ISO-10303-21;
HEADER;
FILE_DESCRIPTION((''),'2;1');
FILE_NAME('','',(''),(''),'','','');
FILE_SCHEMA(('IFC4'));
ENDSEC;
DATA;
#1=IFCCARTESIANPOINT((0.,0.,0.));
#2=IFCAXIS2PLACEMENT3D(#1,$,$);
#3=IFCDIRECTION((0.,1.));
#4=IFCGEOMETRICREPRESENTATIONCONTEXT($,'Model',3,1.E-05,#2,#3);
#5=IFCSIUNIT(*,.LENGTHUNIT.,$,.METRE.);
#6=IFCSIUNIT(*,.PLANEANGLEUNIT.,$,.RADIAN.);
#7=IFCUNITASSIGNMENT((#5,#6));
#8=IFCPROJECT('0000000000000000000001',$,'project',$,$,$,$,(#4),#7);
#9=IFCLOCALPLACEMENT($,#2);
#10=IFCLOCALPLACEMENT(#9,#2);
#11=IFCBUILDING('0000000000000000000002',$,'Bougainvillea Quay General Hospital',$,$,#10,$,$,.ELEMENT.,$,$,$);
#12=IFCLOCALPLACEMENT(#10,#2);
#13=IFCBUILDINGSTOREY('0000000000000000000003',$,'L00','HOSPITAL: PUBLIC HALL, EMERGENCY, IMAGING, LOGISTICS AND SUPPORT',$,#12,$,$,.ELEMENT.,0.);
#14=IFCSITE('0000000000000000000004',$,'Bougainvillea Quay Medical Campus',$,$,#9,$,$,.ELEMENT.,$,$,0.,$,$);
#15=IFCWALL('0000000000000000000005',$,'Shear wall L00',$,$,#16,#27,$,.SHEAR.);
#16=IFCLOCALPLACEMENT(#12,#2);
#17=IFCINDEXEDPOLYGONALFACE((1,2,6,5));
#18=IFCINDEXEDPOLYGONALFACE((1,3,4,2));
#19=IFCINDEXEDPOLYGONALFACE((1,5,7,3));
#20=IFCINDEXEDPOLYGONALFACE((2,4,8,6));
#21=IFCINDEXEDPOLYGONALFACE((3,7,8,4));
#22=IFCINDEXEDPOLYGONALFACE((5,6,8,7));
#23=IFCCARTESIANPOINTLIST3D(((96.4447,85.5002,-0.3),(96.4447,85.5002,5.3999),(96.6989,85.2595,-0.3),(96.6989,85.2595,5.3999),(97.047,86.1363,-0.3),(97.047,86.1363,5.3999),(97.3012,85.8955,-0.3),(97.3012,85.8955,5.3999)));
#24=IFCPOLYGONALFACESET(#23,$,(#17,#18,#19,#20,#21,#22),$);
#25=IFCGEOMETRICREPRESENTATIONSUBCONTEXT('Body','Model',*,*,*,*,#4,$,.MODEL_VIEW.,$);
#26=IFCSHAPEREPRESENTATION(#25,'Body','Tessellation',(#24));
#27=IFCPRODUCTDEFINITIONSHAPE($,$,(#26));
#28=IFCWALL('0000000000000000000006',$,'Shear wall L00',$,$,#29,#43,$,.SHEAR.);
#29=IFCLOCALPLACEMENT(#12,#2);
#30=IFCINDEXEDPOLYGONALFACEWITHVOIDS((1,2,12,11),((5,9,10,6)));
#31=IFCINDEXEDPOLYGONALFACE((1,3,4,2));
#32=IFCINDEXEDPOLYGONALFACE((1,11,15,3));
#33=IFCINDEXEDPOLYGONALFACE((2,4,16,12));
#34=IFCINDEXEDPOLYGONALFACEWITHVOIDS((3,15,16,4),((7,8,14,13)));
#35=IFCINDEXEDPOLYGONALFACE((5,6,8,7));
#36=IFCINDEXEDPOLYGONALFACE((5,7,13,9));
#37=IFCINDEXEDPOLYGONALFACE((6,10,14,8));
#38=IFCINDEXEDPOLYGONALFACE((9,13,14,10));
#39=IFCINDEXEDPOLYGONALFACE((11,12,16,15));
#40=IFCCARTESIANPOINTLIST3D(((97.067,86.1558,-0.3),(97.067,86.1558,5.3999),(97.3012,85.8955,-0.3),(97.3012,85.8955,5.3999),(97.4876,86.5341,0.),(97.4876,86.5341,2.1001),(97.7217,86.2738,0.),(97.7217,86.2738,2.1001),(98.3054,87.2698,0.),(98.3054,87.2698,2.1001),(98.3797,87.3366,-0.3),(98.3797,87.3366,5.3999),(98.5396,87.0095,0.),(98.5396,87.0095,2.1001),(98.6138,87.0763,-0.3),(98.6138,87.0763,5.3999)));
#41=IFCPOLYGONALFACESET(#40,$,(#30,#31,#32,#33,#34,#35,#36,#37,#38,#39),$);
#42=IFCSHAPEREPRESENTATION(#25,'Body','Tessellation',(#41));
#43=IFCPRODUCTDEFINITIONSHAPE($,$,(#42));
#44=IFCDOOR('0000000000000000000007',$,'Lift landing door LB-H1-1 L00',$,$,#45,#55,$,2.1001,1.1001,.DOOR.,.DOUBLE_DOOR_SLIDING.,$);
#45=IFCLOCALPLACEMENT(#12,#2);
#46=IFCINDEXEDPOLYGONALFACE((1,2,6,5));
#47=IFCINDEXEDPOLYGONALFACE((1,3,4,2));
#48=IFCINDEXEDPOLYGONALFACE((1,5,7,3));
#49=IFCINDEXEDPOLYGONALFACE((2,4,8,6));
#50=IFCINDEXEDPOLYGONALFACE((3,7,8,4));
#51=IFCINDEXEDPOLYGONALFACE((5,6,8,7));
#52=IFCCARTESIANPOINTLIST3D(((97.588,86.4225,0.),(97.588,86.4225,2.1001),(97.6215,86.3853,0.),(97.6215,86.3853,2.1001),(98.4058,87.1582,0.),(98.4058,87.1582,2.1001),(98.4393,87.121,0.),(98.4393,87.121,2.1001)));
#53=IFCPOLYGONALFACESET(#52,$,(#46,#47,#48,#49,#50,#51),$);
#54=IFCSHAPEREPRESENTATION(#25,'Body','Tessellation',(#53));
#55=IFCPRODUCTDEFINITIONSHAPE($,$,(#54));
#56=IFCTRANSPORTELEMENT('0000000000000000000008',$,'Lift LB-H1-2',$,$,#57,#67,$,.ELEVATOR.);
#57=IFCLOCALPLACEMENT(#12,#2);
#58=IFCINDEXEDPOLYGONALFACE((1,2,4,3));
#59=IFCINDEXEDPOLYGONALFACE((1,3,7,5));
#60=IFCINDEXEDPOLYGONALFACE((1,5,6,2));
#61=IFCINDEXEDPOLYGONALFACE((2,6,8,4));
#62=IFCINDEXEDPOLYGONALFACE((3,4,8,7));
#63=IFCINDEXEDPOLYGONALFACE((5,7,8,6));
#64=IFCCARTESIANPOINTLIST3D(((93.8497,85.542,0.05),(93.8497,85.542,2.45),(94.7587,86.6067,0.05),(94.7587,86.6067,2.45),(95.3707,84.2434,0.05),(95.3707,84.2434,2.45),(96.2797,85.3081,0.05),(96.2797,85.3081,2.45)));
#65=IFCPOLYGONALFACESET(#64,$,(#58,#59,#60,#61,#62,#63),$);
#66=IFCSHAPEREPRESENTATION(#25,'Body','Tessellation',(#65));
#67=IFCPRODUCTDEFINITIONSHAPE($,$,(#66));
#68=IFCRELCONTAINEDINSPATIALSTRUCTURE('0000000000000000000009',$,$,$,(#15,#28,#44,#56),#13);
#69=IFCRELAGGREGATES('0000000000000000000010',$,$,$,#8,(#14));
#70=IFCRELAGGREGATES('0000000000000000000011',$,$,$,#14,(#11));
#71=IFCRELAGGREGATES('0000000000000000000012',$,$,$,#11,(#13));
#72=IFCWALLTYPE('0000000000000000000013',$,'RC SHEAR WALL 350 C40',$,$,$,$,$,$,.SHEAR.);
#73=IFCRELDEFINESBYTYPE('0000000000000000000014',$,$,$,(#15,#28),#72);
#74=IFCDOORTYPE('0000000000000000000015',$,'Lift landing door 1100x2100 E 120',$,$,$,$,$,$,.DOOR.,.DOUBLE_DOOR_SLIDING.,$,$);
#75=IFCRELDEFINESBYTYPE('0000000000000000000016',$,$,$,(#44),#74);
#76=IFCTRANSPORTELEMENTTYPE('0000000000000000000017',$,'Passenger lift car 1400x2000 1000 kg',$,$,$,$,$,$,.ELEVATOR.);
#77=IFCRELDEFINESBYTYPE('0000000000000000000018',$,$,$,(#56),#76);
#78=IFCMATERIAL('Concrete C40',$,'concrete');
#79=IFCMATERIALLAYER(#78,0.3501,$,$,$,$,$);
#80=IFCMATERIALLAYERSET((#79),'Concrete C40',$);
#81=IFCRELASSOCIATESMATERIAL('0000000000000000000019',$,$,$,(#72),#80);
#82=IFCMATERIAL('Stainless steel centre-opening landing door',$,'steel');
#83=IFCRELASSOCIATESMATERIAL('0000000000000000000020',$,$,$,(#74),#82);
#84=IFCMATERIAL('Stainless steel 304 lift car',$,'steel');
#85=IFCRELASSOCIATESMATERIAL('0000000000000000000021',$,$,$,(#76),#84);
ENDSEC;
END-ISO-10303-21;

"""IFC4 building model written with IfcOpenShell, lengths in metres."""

from ifc_helpers import new_model, si_unit, direction, frame, frame_2d, origin, origin_2d, place, context, subcontext, project, spatial, rectangle, extrude, material, layer, layer_set, type_object, element, fill, save


model = new_model("IFC4")

# Units and contexts
model_context = context("Model", 3, precision=1e-05, world=origin(), true_north=direction((0.0, 1.0)))
body_context = subcontext(model_context, "Body", "Model", "MODEL_VIEW")
ifc_project = project(units=[si_unit("LENGTHUNIT", "METRE"), si_unit("PLANEANGLEUNIT", "RADIAN")], contexts=[model_context])

# Site, building, storey
site_placement = place(None, origin())
site = spatial("IfcSite", under=ifc_project, at=site_placement, Name="Bougainvillea Quay Medical Campus", CompositionType="ELEMENT", RefElevation=0.0)
building_placement = place(site_placement, origin())
building = spatial("IfcBuilding", under=site, at=building_placement, Name="Bougainvillea Quay General Hospital", CompositionType="ELEMENT")
storey_placement = place(building_placement, origin())
storey = spatial("IfcBuildingStorey", under=building, at=storey_placement, Name="L00", Description="HOSPITAL: PUBLIC HALL, EMERGENCY, IMAGING, LOGISTICS AND SUPPORT", CompositionType="ELEMENT", Elevation=0.0)

# Shared definitions
ifc_material_1 = material(Name="Concrete C40", Category="concrete")

# Shared definitions
ifc_layer_1 = layer(ifc_material_1, 0.3501)
ifc_layer_set_1 = layer_set([ifc_layer_1], Name="Concrete C40")
wall_type_1 = type_object("IfcWallType", Name="RC SHEAR WALL 350 C40", PredefinedType="SHEAR", material=ifc_layer_set_1)

# Shared definitions
ifc_material_2 = material(Name="Stainless steel centre-opening landing door", Category="steel")
door_type = type_object("IfcDoorType", Name="Lift landing door 1100x2100 E 120", OperationType="DOUBLE_DOOR_SLIDING", PredefinedType="DOOR", material=ifc_material_2)

# Wall
wall_1_placement = place(storey_placement, frame((96.5718, 85.3799, -0.3), z_axis=(0.0, 0.0, 1.0), x_axis=(0.687613, 0.726077, 0.0)))
element("IfcWall", 1, at=wall_1_placement, inside=storey, type_object=wall_type_1, Name="Shear wall L00", PredefinedType="SHEAR", context=body_context, shape_type="SweptSolid", body=[
    extrude(rectangle(XDim=0.876, YDim=0.3501, at=frame_2d((0.438, 0.0))), origin(), (0.0, 0.0, 1.0), 5.7),
])

# Wall, opening, door
wall_2_placement = place(storey_placement, frame((97.1841, 86.0256, -0.3), z_axis=(0.0, 0.0, 1.0), x_axis=(0.743452, 0.668789, 0.0)))
wall_2 = element("IfcWall", 2, at=wall_2_placement, inside=storey, type_object=wall_type_1, Name="Shear wall L00", PredefinedType="SHEAR", context=body_context, shape_type="SweptSolid", body=[
    extrude(rectangle(XDim=1.7656, YDim=0.3501, at=frame_2d((0.8828, 0.0))), origin(), (0.0, 0.0, 1.0), 5.7),
])
opening_1_placement = place(wall_2_placement, frame((0.5657, 0.0, 0.3)))
opening_1 = element("IfcOpeningElement", 3, at=opening_1_placement, cuts=wall_2, PredefinedType="OPENING", context=body_context, shape_type="SweptSolid", body=[
    extrude(rectangle(XDim=1.1001, YDim=2.1001, at=frame_2d((0.55, 1.05))), frame((0.0, 0.1851, 0.0), z_axis=(0.0, -1.0, 0.0), x_axis=(1.0, 0.0, 0.0)), (0.0, 0.0, 1.0), 0.3701),
])
door_1_placement = place(opening_1_placement, origin())
door_1 = element("IfcDoor", 4, at=door_1_placement, inside=storey, type_object=door_type, Name="Lift landing door LB-H1-1 L00", OperationType="DOUBLE_DOOR_SLIDING", OverallHeight=2.1001, OverallWidth=1.1001, PredefinedType="DOOR", context=body_context, shape_type="SweptSolid", body=[
    extrude(rectangle(XDim=1.1001, YDim=2.1001, at=frame_2d((0.55, 1.05))), frame((0.0, 0.0249, 0.0), z_axis=(0.0, -1.0, 0.0), x_axis=(1.0, 0.0, 0.0)), (0.0, 0.0, 1.0), 0.05),
])
fill(opening_1, door_1)

# Transport element
ifc_material_3 = material(Name="Stainless steel 304 lift car", Category="steel")
transport_element_type = type_object("IfcTransportElementType", Name="Passenger lift car 1400x2000 1000 kg", PredefinedType="ELEVATOR", material=ifc_material_3)
transport_element_placement = place(storey_placement, frame((95.0647, 85.425, 0.05), z_axis=(0.0, 0.0, 1.0), x_axis=(0.64931, 0.760524, 0.0)))
element("IfcTransportElement", 5, at=transport_element_placement, inside=storey, type_object=transport_element_type, Name="Lift LB-H1-2", PredefinedType="ELEVATOR", context=body_context, shape_type="SweptSolid", body=[
    extrude(rectangle(XDim=1.3999, YDim=2.0, at=origin_2d()), origin(), (0.0, 0.0, 1.0), 2.3999),
])

save(model, "model.ifc")
